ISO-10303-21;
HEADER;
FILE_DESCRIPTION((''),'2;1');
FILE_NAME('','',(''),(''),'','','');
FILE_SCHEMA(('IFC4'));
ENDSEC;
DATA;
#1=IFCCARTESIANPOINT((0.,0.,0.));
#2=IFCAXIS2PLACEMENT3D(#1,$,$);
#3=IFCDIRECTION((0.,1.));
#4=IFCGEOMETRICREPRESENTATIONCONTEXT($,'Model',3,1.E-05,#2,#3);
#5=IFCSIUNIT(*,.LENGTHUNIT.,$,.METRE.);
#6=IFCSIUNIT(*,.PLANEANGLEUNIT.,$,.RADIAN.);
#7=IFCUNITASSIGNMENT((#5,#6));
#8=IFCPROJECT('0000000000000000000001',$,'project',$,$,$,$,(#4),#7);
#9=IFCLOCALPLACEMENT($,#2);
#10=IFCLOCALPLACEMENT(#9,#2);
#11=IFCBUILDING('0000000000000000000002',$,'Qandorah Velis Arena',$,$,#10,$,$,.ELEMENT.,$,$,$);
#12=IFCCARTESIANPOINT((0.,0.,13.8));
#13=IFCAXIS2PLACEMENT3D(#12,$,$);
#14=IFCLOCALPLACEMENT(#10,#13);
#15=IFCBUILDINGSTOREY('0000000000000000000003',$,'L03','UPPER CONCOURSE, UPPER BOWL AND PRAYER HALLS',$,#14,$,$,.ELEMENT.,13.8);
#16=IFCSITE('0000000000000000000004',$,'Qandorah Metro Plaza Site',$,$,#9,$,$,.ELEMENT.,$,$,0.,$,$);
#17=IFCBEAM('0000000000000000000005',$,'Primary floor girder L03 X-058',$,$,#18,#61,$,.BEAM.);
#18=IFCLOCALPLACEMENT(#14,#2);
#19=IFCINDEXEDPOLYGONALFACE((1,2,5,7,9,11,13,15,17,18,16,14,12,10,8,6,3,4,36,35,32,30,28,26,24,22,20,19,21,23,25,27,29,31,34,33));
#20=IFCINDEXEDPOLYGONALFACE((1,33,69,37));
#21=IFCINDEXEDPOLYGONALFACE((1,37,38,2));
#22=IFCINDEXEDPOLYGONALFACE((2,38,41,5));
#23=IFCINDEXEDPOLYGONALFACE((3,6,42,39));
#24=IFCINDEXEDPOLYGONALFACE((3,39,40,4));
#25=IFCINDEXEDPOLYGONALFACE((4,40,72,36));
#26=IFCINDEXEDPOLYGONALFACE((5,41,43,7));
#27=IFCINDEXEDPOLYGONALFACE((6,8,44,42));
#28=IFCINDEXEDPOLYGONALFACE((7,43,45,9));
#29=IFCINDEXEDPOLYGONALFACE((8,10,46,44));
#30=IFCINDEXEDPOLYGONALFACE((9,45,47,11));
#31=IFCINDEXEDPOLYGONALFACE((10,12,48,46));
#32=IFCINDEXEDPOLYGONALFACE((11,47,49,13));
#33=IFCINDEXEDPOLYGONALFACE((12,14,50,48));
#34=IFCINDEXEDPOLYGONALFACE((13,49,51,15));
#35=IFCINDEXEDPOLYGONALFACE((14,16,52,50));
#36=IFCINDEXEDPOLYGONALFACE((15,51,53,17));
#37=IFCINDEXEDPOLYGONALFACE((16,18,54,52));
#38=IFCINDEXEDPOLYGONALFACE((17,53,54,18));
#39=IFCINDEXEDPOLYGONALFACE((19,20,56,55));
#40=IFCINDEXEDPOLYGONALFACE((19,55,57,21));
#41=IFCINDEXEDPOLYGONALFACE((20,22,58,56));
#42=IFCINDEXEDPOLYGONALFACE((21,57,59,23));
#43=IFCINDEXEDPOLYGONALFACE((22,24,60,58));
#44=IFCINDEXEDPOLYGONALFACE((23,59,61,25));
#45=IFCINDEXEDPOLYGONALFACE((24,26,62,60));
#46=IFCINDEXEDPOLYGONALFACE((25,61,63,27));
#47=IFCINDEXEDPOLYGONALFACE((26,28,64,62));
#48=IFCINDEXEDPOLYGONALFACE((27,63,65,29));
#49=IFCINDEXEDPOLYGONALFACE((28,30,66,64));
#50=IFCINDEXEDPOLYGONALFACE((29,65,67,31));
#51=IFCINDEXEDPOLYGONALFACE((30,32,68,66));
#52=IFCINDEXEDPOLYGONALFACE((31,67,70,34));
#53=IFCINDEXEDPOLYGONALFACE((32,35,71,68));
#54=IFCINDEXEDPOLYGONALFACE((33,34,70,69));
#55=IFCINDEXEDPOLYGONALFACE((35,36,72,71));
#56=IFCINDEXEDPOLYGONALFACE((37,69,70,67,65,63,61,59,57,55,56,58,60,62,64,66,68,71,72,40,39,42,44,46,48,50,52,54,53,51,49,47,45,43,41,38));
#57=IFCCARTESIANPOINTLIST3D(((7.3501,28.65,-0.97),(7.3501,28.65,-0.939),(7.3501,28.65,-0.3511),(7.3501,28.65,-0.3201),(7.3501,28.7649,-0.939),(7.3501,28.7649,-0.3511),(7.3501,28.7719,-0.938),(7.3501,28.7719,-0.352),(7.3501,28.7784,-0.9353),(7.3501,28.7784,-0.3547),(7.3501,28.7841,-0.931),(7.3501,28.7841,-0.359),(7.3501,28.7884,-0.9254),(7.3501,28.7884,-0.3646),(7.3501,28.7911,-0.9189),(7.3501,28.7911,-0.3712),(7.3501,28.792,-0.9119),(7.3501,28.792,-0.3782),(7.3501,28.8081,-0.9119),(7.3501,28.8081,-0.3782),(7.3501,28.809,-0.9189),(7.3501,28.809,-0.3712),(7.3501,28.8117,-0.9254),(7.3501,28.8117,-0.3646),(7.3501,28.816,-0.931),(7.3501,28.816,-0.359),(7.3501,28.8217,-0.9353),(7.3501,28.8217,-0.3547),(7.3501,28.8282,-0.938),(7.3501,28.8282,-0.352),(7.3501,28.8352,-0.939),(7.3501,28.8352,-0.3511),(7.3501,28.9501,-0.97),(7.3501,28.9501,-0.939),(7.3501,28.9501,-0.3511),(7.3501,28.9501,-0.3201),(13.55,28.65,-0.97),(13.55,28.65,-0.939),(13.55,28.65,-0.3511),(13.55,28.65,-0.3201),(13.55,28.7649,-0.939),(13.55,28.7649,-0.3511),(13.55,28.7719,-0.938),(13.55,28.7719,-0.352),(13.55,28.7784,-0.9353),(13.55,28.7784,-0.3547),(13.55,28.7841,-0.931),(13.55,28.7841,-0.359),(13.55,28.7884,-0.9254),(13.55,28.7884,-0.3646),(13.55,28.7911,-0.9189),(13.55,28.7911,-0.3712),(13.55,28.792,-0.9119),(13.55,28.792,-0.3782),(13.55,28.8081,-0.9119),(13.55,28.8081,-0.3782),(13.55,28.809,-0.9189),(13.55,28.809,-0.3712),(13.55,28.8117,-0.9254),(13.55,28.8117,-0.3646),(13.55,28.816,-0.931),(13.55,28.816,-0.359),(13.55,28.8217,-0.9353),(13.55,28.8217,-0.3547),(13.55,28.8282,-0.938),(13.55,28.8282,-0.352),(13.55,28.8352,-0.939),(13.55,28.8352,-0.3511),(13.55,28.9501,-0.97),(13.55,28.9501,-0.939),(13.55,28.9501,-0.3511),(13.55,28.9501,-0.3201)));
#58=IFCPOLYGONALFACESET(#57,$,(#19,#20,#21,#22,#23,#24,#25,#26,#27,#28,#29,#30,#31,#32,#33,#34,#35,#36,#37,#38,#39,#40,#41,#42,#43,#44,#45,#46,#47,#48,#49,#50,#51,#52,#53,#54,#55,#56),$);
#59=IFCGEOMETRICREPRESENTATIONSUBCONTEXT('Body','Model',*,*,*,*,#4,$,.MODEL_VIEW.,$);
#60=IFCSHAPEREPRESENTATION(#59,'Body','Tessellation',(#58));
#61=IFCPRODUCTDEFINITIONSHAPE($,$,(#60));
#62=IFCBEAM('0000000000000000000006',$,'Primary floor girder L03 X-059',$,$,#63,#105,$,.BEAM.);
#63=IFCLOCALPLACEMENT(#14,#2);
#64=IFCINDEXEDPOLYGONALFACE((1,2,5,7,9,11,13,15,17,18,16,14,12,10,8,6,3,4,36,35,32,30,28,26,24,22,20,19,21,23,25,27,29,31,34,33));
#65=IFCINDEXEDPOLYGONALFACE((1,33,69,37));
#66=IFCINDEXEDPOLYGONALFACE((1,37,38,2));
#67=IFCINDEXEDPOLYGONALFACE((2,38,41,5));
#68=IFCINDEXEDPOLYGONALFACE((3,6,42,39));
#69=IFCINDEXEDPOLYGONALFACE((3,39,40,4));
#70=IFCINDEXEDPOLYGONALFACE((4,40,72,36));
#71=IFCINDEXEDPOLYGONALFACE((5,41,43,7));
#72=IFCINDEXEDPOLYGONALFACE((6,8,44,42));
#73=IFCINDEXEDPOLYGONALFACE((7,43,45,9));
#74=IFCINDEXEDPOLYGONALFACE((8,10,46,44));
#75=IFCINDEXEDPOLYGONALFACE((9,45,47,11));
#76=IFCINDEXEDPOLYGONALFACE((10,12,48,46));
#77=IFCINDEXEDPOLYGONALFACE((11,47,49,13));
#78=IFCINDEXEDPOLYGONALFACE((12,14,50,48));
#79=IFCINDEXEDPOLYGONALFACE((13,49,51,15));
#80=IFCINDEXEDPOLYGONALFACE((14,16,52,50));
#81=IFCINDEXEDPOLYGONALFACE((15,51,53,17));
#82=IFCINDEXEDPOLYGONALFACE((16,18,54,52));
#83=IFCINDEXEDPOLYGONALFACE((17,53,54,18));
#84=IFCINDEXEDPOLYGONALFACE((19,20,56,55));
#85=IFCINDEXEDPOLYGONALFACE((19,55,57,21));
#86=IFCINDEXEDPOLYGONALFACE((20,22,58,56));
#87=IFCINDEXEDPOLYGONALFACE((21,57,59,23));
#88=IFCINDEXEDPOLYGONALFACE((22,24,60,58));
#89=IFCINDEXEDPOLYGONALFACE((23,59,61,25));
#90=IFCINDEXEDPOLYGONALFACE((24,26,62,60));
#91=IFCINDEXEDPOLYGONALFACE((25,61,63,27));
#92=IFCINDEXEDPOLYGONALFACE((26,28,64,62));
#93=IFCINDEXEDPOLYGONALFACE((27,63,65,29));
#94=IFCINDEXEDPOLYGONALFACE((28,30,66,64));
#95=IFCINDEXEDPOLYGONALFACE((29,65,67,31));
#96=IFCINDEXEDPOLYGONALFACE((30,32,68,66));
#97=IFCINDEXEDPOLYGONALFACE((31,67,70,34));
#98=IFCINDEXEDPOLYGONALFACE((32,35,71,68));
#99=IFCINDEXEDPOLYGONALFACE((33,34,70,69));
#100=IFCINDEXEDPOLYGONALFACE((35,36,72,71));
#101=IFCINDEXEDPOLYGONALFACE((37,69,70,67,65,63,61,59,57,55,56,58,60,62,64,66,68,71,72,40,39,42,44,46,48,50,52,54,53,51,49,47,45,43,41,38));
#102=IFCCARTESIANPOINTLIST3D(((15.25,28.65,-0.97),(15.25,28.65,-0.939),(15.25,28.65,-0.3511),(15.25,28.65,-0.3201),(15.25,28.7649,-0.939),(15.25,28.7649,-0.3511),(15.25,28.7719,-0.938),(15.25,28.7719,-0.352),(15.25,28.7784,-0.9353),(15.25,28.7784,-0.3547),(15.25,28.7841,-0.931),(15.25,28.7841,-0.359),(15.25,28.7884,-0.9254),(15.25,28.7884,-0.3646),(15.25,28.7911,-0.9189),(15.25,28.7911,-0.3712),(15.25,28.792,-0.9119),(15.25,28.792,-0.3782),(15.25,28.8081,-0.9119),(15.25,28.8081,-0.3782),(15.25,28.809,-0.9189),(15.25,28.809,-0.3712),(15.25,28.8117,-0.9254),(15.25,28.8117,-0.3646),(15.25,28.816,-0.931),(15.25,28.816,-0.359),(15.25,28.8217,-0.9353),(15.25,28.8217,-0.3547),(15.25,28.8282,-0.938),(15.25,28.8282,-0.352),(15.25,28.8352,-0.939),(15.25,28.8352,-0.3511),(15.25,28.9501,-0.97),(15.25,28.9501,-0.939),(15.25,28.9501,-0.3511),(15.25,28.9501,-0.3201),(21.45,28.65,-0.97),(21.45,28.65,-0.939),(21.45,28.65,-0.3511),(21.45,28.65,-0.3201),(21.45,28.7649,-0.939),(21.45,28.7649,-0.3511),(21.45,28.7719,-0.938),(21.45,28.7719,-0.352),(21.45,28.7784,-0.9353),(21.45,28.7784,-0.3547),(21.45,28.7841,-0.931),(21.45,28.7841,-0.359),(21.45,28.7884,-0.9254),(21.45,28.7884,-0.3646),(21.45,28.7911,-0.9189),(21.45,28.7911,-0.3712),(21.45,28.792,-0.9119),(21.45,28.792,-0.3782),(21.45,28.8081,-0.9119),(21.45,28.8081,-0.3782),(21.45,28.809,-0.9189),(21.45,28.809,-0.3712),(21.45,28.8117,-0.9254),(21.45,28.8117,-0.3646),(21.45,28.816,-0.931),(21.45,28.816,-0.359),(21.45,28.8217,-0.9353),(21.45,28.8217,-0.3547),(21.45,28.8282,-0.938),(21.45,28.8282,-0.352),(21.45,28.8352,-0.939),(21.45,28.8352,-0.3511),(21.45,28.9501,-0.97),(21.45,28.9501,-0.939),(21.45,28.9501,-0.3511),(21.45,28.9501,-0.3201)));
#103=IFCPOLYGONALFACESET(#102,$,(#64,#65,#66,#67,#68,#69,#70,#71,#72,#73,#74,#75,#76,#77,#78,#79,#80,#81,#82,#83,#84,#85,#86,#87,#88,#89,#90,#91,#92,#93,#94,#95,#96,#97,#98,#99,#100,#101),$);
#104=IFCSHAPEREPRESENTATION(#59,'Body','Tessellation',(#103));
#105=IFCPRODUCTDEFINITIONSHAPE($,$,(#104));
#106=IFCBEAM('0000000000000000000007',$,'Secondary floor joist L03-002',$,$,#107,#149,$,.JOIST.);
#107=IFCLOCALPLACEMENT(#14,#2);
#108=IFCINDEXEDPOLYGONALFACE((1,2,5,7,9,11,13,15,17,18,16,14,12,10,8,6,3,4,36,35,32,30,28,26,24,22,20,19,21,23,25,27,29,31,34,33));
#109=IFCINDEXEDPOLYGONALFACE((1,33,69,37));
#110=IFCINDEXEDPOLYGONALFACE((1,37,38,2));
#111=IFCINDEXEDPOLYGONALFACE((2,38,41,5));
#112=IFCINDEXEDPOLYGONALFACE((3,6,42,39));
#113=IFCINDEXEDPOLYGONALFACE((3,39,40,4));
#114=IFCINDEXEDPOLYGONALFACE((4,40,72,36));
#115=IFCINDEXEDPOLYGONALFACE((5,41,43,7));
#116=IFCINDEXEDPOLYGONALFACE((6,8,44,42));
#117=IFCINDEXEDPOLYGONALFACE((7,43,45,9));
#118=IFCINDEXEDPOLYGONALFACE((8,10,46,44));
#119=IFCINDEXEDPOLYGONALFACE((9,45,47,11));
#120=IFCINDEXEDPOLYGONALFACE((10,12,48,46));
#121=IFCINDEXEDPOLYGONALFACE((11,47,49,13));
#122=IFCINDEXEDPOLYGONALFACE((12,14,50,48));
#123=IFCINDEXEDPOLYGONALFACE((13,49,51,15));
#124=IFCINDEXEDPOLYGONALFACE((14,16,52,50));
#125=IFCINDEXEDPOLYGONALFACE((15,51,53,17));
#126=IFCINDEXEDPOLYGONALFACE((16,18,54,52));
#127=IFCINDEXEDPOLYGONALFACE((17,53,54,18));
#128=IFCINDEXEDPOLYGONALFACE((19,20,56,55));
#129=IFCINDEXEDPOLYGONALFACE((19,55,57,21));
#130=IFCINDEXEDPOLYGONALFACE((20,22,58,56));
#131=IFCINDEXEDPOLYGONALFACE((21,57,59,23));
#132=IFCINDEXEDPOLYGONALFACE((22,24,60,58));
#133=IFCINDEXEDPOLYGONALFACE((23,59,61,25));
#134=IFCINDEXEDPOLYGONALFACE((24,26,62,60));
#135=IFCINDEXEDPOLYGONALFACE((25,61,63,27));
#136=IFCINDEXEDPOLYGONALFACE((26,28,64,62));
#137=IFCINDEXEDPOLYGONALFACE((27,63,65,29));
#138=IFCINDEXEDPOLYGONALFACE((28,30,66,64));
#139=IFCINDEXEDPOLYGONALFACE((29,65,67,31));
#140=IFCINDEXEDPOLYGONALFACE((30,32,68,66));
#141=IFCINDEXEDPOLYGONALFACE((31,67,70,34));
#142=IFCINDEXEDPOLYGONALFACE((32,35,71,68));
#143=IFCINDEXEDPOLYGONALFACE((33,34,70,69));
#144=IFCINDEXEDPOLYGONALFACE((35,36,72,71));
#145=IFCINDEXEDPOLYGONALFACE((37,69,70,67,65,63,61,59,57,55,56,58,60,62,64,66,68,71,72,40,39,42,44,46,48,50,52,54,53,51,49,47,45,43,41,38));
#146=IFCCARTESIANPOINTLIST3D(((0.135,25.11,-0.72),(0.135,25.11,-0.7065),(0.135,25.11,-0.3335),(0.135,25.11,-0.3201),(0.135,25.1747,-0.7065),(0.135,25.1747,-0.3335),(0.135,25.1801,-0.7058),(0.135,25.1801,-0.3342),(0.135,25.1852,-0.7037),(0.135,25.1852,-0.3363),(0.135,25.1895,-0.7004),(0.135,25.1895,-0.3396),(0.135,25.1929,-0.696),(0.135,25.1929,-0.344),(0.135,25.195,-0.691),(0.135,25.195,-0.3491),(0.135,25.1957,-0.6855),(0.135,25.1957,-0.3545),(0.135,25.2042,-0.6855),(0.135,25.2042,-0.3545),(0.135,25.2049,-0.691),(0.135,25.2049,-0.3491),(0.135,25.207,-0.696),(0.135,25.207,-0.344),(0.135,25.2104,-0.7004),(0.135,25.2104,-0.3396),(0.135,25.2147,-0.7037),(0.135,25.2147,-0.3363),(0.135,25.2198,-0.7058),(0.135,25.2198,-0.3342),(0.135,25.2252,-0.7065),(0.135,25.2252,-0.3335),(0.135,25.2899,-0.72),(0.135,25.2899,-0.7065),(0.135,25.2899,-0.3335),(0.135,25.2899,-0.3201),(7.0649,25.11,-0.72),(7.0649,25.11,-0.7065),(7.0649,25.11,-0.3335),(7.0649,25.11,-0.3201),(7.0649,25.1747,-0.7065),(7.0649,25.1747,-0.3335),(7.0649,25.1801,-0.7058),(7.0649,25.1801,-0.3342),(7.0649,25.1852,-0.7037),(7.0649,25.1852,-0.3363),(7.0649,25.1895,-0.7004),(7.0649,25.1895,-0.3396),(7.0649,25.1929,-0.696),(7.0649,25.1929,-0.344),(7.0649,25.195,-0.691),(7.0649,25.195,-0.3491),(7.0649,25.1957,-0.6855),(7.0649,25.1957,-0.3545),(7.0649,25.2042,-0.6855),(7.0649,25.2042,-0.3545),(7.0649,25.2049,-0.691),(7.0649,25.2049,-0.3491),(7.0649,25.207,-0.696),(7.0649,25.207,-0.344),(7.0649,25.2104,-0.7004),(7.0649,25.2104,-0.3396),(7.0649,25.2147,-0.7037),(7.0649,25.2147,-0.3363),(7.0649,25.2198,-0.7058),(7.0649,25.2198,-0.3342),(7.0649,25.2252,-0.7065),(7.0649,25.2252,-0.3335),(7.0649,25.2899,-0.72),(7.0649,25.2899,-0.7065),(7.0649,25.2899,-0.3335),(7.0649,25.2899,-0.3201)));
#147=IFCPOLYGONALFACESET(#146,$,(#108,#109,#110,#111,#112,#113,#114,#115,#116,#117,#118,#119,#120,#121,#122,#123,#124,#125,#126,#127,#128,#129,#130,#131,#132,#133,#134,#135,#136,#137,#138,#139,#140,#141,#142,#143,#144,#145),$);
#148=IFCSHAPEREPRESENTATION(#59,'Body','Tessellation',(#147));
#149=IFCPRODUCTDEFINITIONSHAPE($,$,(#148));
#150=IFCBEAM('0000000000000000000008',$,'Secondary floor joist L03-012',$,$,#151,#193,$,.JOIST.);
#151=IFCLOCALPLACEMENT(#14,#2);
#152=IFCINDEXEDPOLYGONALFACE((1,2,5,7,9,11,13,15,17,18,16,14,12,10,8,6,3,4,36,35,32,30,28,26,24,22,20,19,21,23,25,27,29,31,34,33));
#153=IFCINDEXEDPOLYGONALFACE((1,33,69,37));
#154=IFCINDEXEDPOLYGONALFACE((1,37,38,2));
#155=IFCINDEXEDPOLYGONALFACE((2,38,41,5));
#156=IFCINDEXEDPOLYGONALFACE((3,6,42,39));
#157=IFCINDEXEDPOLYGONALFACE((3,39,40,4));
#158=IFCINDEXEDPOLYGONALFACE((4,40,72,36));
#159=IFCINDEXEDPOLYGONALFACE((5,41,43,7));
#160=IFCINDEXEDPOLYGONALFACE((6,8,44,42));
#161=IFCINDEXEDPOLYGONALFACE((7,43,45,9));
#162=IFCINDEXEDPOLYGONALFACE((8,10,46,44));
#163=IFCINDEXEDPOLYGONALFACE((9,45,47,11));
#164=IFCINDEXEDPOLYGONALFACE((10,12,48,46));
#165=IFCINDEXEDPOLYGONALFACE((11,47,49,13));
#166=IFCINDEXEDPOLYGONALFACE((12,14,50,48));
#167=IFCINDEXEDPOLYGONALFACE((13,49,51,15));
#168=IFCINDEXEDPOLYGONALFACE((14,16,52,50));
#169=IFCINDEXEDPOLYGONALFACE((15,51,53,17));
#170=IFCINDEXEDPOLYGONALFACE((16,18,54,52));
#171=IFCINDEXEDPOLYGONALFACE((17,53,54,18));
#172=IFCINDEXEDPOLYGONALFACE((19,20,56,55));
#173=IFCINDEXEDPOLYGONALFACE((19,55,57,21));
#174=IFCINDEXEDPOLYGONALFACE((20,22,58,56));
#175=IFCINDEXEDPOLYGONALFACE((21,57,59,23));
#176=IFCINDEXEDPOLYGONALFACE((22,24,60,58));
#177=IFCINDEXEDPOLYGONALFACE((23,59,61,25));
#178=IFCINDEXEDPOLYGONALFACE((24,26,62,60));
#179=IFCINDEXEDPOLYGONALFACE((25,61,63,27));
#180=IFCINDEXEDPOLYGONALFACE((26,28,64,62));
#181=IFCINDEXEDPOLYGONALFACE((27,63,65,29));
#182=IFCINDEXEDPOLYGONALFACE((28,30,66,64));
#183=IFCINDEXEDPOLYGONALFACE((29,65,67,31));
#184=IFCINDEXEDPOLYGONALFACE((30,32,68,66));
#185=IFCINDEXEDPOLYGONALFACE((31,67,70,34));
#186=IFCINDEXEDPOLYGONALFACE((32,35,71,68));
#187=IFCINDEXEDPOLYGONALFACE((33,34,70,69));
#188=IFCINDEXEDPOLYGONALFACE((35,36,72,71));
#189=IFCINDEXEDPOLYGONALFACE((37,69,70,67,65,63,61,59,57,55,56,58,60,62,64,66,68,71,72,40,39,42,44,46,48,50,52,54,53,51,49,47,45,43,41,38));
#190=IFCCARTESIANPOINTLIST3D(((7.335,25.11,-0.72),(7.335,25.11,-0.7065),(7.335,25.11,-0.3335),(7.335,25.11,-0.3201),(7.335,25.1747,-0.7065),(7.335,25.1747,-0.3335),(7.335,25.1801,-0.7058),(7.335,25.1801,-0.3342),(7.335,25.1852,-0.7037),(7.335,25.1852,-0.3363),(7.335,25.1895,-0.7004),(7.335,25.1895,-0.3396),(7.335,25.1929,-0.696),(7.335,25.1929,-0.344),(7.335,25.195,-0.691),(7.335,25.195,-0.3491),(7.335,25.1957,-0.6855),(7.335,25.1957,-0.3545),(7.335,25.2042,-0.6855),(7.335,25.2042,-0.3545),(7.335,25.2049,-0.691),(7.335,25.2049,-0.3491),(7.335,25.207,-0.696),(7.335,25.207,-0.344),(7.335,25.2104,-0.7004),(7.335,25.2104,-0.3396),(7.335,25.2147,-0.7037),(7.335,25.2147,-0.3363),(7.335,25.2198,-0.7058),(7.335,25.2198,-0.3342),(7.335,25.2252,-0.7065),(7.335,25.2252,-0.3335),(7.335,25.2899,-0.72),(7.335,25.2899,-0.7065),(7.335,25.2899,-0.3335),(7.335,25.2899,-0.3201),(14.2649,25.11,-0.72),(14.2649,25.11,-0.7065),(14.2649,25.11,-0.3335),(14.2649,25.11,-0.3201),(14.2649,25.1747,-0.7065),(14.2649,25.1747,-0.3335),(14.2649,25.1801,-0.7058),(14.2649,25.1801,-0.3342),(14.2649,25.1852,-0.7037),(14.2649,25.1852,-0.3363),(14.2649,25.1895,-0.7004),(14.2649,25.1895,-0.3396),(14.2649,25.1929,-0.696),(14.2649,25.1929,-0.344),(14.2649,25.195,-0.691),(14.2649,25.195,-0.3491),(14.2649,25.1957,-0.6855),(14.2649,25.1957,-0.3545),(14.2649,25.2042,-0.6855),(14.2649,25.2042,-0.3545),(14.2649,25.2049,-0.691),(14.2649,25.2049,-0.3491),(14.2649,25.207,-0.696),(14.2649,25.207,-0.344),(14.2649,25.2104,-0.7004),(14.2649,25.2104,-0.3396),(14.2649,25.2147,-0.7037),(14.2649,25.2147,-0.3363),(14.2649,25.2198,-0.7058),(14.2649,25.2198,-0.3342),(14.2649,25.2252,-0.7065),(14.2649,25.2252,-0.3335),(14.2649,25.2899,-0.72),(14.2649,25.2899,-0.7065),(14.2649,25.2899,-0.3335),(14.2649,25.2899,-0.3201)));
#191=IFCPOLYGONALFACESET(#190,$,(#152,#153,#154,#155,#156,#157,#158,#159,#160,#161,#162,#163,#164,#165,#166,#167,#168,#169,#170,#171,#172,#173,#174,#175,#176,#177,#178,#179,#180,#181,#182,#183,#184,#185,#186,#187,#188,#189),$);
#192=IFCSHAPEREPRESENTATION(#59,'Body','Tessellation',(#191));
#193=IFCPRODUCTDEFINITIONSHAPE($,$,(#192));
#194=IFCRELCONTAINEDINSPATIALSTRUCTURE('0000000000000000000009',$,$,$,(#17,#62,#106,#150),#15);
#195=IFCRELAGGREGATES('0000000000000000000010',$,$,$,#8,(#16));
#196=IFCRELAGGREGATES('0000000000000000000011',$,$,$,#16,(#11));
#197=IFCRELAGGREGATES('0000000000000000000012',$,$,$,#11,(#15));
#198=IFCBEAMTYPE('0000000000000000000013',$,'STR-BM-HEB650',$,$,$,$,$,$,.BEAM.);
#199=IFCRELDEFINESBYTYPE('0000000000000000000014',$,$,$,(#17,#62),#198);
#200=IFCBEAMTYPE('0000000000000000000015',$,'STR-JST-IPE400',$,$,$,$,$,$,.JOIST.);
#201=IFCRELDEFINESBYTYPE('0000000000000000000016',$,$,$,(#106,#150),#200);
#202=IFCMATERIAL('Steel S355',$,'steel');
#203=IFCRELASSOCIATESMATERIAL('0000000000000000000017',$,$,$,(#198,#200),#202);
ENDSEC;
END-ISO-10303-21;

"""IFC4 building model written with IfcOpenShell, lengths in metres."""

from ifc_helpers import new_model, si_unit, direction, frame, origin, origin_2d, place, context, subcontext, project, spatial, i_section, extrude, material, material_profile, profile_set, type_object, element, save


model = new_model("IFC4")

# Units and contexts
model_context = context("Model", 3, precision=1e-05, world=origin(), true_north=direction((0.0, 1.0)))
body_context = subcontext(model_context, "Body", "Model", "MODEL_VIEW")
ifc_project = project(units=[si_unit("LENGTHUNIT", "METRE"), si_unit("PLANEANGLEUNIT", "RADIAN")], contexts=[model_context])

# Site, building, storey
site_placement = place(None, origin())
site = spatial("IfcSite", under=ifc_project, at=site_placement, Name="Qandorah Metro Plaza Site", CompositionType="ELEMENT", RefElevation=0.0)
building_placement = place(site_placement, origin())
building = spatial("IfcBuilding", under=site, at=building_placement, Name="Qandorah Velis Arena", CompositionType="ELEMENT")
storey_placement = place(building_placement, frame((0.0, 0.0, 13.8)))
storey = spatial("IfcBuildingStorey", under=building, at=storey_placement, Name="L03", Description="UPPER CONCOURSE, UPPER BOWL AND PRAYER HALLS", CompositionType="ELEMENT", Elevation=13.8)

# Beams
ifc_material_1 = material(Name="Steel S355", Category="steel")
ifc_material_profile_1 = material_profile(ifc_material_1, i_section(OverallWidth=0.3, OverallDepth=0.6499, WebThickness=0.0161, FlangeThickness=0.031, FilletRadius=0.0271, at=origin_2d()), Name="HEB 650")
ifc_profile_set_1 = profile_set([ifc_material_profile_1], Name="Steel S355")
beam_type_1 = type_object("IfcBeamType", Name="STR-BM-HEB650", PredefinedType="BEAM", material=ifc_profile_set_1)
for number, where, z_axis, x_axis, name in (
    (1, (7.3501, 28.8, -0.645), (1.0, 0.0, 0.0), (0.0, 1.0, 0.0), "Primary floor girder L03 X-058"),
    (2, (15.25, 28.8, -0.645), (1.0, 0.0, 0.0), (0.0, 1.0, 0.0), "Primary floor girder L03 X-059"),
):
    element("IfcBeam", number, at=place(storey_placement, frame(where, z_axis=z_axis, x_axis=x_axis)), inside=storey, type_object=beam_type_1, Name=name, PredefinedType="BEAM", context=body_context, shape_type="SweptSolid", body=[
        extrude(i_section(OverallWidth=0.3, OverallDepth=0.6499, WebThickness=0.0161, FlangeThickness=0.031, FilletRadius=0.0271, at=origin_2d()), origin(), (0.0, 0.0, 1.0), 6.2),
    ])
ifc_material_profile_2 = material_profile(ifc_material_1, i_section(OverallWidth=0.1799, OverallDepth=0.3999, WebThickness=0.0085, FlangeThickness=0.0134, FilletRadius=0.021, at=origin_2d()), Name="IPE 400")
ifc_profile_set_2 = profile_set([ifc_material_profile_2], Name="Steel S355")
beam_type_2 = type_object("IfcBeamType", Name="STR-JST-IPE400", PredefinedType="JOIST", material=ifc_profile_set_2)
for number, where, z_axis, x_axis, name in (
    (3, (0.135, 25.2, -0.52), (1.0, 0.0, 0.0), (0.0, 1.0, 0.0), "Secondary floor joist L03-002"),
    (4, (7.335, 25.2, -0.52), (1.0, 0.0, 0.0), (0.0, 1.0, 0.0), "Secondary floor joist L03-012"),
):
    element("IfcBeam", number, at=place(storey_placement, frame(where, z_axis=z_axis, x_axis=x_axis)), inside=storey, type_object=beam_type_2, Name=name, PredefinedType="JOIST", context=body_context, shape_type="SweptSolid", body=[
        extrude(i_section(OverallWidth=0.1799, OverallDepth=0.3999, WebThickness=0.0085, FlangeThickness=0.0134, FilletRadius=0.021, at=origin_2d()), origin(), (0.0, 0.0, 1.0), 6.9299),
    ])

save(model, "model.ifc")
